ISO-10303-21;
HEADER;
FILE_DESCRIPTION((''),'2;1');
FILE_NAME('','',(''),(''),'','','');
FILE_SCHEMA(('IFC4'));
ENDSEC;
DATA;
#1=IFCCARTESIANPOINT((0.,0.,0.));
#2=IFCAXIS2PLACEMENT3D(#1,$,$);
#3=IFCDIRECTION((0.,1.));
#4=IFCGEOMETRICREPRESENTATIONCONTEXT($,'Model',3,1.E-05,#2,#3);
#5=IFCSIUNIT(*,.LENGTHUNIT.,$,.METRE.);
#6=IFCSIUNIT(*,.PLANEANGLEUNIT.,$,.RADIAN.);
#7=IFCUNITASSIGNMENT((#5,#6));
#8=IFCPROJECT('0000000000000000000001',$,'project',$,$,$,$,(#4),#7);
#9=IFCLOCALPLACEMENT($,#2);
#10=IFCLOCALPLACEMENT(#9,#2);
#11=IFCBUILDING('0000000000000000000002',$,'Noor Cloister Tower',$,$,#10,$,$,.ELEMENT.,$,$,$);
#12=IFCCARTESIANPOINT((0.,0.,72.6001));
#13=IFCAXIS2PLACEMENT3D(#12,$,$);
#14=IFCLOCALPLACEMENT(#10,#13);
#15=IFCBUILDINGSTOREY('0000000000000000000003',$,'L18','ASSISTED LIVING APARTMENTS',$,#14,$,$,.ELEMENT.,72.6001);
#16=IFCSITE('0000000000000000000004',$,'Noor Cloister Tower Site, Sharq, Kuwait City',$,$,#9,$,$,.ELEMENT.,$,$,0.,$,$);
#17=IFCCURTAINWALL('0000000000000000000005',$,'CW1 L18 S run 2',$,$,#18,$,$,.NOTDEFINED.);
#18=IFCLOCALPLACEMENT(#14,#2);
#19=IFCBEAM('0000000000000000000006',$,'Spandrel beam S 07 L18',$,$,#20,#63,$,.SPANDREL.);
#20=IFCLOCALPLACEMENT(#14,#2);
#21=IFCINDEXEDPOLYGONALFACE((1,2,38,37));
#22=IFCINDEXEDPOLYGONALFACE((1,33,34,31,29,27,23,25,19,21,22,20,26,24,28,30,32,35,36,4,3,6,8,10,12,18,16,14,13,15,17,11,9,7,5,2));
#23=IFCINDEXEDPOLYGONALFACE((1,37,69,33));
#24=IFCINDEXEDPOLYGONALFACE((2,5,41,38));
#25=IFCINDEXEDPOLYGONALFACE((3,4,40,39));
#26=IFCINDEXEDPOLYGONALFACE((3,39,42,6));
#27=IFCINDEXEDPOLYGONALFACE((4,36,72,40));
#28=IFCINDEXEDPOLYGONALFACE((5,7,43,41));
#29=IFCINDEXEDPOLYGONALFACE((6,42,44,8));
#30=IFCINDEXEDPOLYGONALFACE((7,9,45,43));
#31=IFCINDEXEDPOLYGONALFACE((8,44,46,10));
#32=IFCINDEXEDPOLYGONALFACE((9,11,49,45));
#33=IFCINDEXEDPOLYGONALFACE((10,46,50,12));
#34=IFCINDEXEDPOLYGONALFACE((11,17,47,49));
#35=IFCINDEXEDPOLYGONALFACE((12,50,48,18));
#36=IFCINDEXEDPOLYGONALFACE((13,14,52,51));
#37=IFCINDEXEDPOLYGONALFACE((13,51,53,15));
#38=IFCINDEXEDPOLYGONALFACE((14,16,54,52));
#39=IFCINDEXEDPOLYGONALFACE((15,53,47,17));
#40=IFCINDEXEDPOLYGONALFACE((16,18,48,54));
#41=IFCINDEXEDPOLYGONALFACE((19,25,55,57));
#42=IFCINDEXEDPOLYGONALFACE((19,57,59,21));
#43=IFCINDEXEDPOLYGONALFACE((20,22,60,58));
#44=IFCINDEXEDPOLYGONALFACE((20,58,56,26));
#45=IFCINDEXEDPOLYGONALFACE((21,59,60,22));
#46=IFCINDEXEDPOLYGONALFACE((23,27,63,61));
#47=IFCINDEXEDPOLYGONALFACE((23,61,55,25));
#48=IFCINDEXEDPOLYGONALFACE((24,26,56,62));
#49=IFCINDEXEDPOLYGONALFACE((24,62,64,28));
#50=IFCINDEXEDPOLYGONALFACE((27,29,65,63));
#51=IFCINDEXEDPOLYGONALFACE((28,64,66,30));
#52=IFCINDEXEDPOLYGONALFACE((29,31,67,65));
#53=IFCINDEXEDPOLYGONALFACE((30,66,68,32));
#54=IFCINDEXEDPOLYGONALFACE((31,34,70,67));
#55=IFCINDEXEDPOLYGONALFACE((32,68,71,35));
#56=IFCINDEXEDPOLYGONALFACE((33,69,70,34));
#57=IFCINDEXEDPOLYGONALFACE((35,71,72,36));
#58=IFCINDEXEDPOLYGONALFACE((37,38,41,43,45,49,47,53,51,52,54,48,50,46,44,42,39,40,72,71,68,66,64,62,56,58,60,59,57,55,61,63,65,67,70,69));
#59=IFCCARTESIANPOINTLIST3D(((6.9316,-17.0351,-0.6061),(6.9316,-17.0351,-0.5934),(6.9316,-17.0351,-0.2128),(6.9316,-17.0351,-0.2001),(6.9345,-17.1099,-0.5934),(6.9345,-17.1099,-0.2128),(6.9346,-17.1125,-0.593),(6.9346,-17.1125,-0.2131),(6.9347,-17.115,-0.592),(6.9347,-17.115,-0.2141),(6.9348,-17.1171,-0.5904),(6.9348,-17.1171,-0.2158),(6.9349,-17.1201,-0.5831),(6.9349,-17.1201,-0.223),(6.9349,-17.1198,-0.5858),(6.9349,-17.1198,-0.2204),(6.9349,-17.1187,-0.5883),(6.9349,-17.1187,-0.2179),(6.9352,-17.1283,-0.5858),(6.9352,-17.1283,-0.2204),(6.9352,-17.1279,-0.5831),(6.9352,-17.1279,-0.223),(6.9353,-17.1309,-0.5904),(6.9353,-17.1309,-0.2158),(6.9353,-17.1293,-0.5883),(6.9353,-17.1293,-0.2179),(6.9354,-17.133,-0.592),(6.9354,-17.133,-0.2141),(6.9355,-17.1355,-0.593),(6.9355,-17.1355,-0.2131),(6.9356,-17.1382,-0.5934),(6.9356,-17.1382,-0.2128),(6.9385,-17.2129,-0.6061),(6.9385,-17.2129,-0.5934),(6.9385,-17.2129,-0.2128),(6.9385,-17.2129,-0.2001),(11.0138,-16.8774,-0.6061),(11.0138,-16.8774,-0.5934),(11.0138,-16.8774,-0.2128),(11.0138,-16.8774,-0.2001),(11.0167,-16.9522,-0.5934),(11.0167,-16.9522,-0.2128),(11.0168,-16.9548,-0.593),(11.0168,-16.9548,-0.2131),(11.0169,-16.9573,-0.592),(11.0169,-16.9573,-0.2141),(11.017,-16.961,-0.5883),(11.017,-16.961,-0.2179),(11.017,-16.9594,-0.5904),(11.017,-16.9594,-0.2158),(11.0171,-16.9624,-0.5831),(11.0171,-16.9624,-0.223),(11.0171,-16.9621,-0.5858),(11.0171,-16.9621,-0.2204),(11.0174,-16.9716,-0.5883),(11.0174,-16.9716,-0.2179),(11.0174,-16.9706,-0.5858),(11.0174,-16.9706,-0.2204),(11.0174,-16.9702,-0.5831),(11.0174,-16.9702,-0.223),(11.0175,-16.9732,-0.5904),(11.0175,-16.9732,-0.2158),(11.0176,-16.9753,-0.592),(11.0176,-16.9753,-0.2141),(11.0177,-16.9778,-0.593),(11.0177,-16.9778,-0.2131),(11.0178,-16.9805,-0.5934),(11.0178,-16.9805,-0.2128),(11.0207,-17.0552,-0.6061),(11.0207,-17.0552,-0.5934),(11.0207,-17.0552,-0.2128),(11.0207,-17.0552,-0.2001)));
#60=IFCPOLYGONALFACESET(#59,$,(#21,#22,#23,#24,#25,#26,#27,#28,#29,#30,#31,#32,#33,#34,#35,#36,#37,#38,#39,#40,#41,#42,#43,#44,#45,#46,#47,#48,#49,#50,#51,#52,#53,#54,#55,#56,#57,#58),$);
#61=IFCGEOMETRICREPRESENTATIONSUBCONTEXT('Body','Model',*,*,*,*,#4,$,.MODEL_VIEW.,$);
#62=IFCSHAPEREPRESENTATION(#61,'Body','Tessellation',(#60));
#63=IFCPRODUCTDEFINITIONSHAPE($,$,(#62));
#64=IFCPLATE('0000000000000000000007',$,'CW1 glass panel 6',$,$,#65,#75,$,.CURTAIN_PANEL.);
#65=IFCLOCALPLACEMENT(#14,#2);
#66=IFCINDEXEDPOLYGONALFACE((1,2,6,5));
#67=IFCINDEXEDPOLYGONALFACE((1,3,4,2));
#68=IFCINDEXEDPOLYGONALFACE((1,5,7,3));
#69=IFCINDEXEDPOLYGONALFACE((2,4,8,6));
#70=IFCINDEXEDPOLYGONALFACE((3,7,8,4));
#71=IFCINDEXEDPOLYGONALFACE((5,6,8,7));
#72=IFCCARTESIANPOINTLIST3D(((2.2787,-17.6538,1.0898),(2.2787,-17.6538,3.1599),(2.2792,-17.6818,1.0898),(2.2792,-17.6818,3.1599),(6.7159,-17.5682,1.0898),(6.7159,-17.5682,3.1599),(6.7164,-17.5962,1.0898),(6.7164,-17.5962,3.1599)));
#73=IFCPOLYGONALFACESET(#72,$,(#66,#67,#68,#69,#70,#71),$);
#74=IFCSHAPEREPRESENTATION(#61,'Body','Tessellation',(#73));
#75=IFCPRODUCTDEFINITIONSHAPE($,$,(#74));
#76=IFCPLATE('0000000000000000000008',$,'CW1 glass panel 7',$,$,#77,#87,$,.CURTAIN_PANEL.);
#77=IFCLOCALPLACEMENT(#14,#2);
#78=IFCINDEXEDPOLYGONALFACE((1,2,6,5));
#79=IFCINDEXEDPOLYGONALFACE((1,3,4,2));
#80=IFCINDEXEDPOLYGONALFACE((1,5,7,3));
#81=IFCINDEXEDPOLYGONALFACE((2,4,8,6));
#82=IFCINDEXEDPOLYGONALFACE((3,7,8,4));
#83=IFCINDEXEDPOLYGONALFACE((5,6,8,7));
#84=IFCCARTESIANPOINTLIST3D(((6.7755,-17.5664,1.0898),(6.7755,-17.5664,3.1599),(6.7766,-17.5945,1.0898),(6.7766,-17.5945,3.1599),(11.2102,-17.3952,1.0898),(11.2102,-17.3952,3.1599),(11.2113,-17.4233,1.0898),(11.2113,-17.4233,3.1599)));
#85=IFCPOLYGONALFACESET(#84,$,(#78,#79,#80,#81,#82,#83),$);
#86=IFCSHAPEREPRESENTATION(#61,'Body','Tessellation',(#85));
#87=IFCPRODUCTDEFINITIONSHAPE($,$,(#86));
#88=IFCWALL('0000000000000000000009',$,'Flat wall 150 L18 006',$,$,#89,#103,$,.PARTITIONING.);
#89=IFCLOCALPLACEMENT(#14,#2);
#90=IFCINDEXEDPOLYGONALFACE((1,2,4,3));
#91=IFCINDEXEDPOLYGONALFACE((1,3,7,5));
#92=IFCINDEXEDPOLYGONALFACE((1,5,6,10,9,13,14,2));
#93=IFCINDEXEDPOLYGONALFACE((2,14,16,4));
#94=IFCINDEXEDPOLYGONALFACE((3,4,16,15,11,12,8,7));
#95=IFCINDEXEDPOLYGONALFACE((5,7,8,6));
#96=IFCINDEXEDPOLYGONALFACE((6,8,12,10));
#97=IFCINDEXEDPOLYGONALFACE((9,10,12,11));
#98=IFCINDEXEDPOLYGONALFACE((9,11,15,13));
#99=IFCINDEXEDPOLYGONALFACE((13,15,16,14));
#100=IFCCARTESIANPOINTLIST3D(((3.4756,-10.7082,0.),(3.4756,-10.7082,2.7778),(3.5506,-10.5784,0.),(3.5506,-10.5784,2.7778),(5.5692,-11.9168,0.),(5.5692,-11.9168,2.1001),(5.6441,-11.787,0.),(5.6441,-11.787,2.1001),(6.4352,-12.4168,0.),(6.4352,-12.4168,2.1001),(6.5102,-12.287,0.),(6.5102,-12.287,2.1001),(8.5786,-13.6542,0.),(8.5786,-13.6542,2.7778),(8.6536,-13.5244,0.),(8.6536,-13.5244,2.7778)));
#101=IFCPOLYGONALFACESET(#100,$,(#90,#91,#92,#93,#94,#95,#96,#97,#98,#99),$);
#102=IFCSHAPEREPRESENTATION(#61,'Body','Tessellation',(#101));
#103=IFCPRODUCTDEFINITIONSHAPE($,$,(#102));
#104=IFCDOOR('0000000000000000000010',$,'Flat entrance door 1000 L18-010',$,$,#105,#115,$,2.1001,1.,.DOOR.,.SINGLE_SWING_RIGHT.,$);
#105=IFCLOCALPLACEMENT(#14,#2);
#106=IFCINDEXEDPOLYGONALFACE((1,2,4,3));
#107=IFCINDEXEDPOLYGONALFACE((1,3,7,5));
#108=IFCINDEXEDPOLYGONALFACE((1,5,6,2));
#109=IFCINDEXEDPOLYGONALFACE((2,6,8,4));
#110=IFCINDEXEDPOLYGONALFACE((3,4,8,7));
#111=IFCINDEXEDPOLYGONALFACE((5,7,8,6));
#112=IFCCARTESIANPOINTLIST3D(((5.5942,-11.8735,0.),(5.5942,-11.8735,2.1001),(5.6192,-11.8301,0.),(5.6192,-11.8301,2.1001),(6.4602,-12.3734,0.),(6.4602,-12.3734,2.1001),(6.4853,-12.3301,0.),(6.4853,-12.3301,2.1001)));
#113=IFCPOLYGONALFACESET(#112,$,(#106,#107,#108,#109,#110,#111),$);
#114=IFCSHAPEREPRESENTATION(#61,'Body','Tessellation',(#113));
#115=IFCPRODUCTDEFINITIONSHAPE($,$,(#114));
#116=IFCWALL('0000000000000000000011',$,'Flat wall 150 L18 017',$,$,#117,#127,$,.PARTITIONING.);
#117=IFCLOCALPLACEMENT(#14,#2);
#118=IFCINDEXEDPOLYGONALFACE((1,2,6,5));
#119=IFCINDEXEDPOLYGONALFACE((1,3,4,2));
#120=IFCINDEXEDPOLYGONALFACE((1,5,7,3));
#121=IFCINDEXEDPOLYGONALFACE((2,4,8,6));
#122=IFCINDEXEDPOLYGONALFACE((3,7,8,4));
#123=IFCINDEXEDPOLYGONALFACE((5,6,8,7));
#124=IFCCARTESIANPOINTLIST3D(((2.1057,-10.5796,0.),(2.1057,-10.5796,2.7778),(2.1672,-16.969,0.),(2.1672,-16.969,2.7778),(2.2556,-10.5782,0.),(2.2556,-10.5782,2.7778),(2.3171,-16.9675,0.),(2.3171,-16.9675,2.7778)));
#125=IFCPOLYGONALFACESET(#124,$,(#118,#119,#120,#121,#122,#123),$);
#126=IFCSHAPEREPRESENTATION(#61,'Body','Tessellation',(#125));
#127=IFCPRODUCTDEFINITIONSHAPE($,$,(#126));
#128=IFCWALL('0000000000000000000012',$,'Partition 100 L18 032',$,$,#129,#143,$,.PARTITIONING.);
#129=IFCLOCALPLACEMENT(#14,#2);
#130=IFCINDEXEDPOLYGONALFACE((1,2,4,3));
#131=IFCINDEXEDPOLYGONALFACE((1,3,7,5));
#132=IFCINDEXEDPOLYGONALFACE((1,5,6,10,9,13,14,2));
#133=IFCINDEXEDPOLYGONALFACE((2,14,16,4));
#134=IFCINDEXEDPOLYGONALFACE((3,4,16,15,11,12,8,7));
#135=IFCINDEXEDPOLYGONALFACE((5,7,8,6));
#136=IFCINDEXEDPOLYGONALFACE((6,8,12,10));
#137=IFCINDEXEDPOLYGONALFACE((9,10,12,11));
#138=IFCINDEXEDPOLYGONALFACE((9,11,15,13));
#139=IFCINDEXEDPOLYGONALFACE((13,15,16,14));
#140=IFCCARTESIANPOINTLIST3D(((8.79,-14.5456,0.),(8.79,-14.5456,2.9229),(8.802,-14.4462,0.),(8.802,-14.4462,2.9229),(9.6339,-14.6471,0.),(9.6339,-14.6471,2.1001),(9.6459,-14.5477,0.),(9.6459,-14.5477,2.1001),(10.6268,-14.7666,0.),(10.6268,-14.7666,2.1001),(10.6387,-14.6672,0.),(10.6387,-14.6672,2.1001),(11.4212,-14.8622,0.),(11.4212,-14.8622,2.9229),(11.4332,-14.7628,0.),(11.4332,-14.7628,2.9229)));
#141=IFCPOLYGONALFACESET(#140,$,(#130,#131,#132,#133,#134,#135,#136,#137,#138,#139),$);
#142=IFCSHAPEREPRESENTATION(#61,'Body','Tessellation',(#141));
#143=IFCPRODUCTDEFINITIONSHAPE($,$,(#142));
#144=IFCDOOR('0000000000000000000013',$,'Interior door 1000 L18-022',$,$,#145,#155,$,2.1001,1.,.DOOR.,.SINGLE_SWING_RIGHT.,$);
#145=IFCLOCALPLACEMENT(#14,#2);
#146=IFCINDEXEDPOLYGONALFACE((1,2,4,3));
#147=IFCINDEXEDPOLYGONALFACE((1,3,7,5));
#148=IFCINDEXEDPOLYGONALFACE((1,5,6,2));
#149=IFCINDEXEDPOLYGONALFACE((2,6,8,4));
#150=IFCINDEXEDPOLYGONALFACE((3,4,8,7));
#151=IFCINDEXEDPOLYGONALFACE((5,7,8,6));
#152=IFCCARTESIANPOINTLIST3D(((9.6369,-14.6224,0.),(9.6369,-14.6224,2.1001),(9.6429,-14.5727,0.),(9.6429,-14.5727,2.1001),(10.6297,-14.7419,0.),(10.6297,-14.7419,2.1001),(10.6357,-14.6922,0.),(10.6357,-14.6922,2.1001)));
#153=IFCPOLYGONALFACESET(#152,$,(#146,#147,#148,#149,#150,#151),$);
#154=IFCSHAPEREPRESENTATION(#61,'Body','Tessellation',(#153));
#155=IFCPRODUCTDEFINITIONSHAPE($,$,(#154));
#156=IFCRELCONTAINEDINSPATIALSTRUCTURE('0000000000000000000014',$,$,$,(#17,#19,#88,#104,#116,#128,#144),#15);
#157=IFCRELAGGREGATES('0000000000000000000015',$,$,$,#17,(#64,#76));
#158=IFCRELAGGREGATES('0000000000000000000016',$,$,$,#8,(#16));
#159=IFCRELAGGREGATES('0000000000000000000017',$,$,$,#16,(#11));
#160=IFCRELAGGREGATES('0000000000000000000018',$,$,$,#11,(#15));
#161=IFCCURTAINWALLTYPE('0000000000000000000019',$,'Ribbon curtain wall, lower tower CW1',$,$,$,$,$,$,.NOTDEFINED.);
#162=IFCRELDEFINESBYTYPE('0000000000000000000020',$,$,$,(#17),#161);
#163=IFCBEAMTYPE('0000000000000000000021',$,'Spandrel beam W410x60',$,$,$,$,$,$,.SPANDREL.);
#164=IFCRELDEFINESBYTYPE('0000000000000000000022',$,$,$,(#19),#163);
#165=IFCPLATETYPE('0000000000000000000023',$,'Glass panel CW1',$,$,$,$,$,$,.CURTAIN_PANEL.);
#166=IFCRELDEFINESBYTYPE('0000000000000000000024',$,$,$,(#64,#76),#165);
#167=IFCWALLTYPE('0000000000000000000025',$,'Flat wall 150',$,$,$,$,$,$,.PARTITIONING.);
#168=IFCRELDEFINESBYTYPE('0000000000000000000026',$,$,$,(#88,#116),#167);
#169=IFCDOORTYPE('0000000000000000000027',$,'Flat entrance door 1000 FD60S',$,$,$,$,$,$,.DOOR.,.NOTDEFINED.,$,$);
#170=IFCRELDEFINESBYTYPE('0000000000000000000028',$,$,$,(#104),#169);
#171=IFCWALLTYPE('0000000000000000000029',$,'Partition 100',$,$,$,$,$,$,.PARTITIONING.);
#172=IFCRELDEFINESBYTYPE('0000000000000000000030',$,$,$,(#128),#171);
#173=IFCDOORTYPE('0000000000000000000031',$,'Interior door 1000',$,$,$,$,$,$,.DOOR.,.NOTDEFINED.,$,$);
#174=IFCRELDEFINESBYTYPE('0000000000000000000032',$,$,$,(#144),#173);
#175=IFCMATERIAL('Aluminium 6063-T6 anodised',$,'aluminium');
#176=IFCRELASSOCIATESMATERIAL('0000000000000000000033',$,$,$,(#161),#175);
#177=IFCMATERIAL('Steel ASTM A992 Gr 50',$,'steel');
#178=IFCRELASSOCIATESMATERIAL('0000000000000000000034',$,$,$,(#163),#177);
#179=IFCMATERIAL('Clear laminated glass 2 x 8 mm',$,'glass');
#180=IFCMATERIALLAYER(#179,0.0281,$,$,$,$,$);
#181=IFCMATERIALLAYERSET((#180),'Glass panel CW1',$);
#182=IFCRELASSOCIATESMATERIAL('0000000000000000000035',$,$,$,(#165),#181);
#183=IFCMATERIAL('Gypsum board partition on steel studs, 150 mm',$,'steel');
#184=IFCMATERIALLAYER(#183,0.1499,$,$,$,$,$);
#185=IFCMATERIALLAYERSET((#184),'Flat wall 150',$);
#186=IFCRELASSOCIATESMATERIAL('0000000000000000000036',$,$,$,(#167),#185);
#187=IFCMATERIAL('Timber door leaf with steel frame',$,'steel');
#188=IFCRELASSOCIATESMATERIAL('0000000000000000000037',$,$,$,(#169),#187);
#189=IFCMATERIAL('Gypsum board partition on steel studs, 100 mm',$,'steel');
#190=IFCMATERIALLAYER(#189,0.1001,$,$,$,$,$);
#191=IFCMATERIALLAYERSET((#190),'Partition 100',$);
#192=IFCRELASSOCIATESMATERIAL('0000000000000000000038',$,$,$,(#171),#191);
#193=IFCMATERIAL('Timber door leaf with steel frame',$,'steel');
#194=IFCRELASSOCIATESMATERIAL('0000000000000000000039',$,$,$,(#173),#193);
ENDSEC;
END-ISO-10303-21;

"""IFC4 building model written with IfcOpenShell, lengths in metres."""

from ifc_helpers import new_model, si_unit, direction, frame, frame_2d, origin, origin_2d, place, context, subcontext, project, spatial, rectangle, i_section, extrude, material, layer, layer_set, material_profile, profile_set, type_object, element, fill, aggregate, save


model = new_model("IFC4")

# Units and contexts
model_context = context("Model", 3, precision=1e-05, world=origin(), true_north=direction((0.0, 1.0)))
body_context = subcontext(model_context, "Body", "Model", "MODEL_VIEW")
ifc_project = project(units=[si_unit("LENGTHUNIT", "METRE"), si_unit("PLANEANGLEUNIT", "RADIAN")], contexts=[model_context])

# Site, building, storey
site_placement = place(None, origin())
site = spatial("IfcSite", under=ifc_project, at=site_placement, Name="Noor Cloister Tower Site, Sharq, Kuwait City", CompositionType="ELEMENT", RefElevation=0.0)
building_placement = place(site_placement, origin())
building = spatial("IfcBuilding", under=site, at=building_placement, Name="Noor Cloister Tower", CompositionType="ELEMENT")
storey_placement = place(building_placement, frame((0.0, 0.0, 72.6001)))
storey = spatial("IfcBuildingStorey", under=building, at=storey_placement, Name="L18", Description="ASSISTED LIVING APARTMENTS", CompositionType="ELEMENT", Elevation=72.6001)

# Curtain wall
ifc_material_1 = material(Name="Aluminium 6063-T6 anodised", Category="aluminium")
curtain_wall_type = type_object("IfcCurtainWallType", Name="Ribbon curtain wall, lower tower CW1", PredefinedType="NOTDEFINED", material=ifc_material_1)
curtain_wall_placement = place(storey_placement, origin())
curtain_wall = element("IfcCurtainWall", 1, at=curtain_wall_placement, inside=storey, type_object=curtain_wall_type, Name="CW1 L18 S run 2", PredefinedType="NOTDEFINED")

# Beam
ifc_material_2 = material(Name="Steel ASTM A992 Gr 50", Category="steel")
ifc_material_profile_1 = material_profile(ifc_material_2, i_section(OverallWidth=0.178, OverallDepth=0.406, WebThickness=0.0078, FlangeThickness=0.0127, FilletRadius=0.0103, at=origin_2d()), Name="W410x60")
ifc_profile_set_1 = profile_set([ifc_material_profile_1], Name="Steel ASTM A992 Gr 50")
beam_type_1 = type_object("IfcBeamType", Name="Spandrel beam W410x60", PredefinedType="SPANDREL", material=ifc_profile_set_1)
beam_1_placement = place(storey_placement, frame((6.9351, -17.124, -0.4031), z_axis=(0.999255, 0.038605, 0.0), x_axis=(-0.038605, 0.999255, 0.0)))
element("IfcBeam", 2, at=beam_1_placement, inside=storey, type_object=beam_type_1, Name="Spandrel beam S 07 L18", PredefinedType="SPANDREL", context=body_context, shape_type="SweptSolid", body=[
    extrude(i_section(OverallWidth=0.178, OverallDepth=0.406, WebThickness=0.0078, FlangeThickness=0.0127, FilletRadius=0.0103, at=origin_2d()), origin(), (0.0, 0.0, 1.0), 4.0852),
])

# Plates
ifc_material_3 = material(Name="Clear laminated glass 2 x 8 mm", Category="glass")
ifc_layer_1 = layer(ifc_material_3, 0.0281)
ifc_layer_set_1 = layer_set([ifc_layer_1], Name="Glass panel CW1")
plate_type = type_object("IfcPlateType", Name="Glass panel CW1", PredefinedType="CURTAIN_PANEL", material=ifc_layer_set_1)
plate_1_placement = place(storey_placement, frame((4.4976, -17.625, 1.0898), z_axis=(0.0, 0.0, 1.0), x_axis=(0.999814, 0.019291, 0.0)))
plate_1 = element("IfcPlate", 3, at=plate_1_placement, type_object=plate_type, Name="CW1 glass panel 6", PredefinedType="CURTAIN_PANEL", context=body_context, shape_type="SweptSolid", body=[
    extrude(rectangle(XDim=4.438, YDim=0.0281, at=origin_2d()), origin(), (0.0, 0.0, 1.0), 2.0701),
])
plate_2_placement = place(storey_placement, frame((8.9934, -17.4949, 1.0898), z_axis=(0.0, 0.0, 1.0), x_axis=(0.999256, 0.038575, 0.0)))
plate_2 = element("IfcPlate", 4, at=plate_2_placement, type_object=plate_type, Name="CW1 glass panel 7", PredefinedType="CURTAIN_PANEL", context=body_context, shape_type="SweptSolid", body=[
    extrude(rectangle(XDim=4.438, YDim=0.0281, at=origin_2d()), origin(), (0.0, 0.0, 1.0), 2.0701),
])
aggregate(curtain_wall, [plate_1, plate_2])

# Wall, opening, door
ifc_material_4 = material(Name="Gypsum board partition on steel studs, 150 mm", Category="steel")
ifc_layer_2 = layer(ifc_material_4, 0.1499)
ifc_layer_set_2 = layer_set([ifc_layer_2], Name="Flat wall 150")
wall_type_1 = type_object("IfcWallType", Name="Flat wall 150", PredefinedType="PARTITIONING", material=ifc_layer_set_2)
wall_1_placement = place(storey_placement, frame((8.6162, -13.5894, 0.0), z_axis=(0.0, 0.0, 1.0), x_axis=(-0.866039, 0.499976, 0.0)))
wall_1 = element("IfcWall", 5, at=wall_1_placement, inside=storey, type_object=wall_type_1, Name="Flat wall 150 L18 006", PredefinedType="PARTITIONING", context=body_context, shape_type="SweptSolid", body=[
    extrude(rectangle(XDim=5.8923, YDim=0.1499, at=frame_2d((2.9463, 0.0))), origin(), (0.0, 0.0, 1.0), 2.7778),
])
opening_1_placement = place(wall_1_placement, frame((2.4751, 0.0, 0.0)))
opening_1 = element("IfcOpeningElement", 6, at=opening_1_placement, cuts=wall_1, PredefinedType="OPENING", context=body_context, shape_type="SweptSolid", body=[
    extrude(rectangle(XDim=1.0, YDim=2.1001, at=frame_2d((0.5, 1.05))), frame((0.0, 0.085, 0.0), z_axis=(0.0, -1.0, 0.0), x_axis=(1.0, 0.0, 0.0)), (0.0, 0.0, 1.0), 0.1699),
])
ifc_material_5 = material(Name="Timber door leaf with steel frame", Category="steel")
door_type_1 = type_object("IfcDoorType", Name="Flat entrance door 1000 FD60S", OperationType="NOTDEFINED", PredefinedType="DOOR", material=ifc_material_5)
door_1_placement = place(opening_1_placement, origin())
door_1 = element("IfcDoor", 7, at=door_1_placement, inside=storey, type_object=door_type_1, Name="Flat entrance door 1000 L18-010", OperationType="SINGLE_SWING_RIGHT", OverallHeight=2.1001, OverallWidth=1.0, PredefinedType="DOOR", context=body_context, shape_type="SweptSolid", body=[
    extrude(rectangle(XDim=1.0, YDim=2.1001, at=frame_2d((0.5, 1.05))), frame((0.0, 0.0249, 0.0), z_axis=(0.0, -1.0, 0.0), x_axis=(1.0, 0.0, 0.0)), (0.0, 0.0, 1.0), 0.05),
])
fill(opening_1, door_1)

# Wall
wall_2_placement = place(storey_placement, frame((2.2422, -16.9683, 0.0), z_axis=(0.0, 0.0, 1.0), x_axis=(-0.009629, 0.999954, 0.0)))
element("IfcWall", 8, at=wall_2_placement, inside=storey, type_object=wall_type_1, Name="Flat wall 150 L18 017", PredefinedType="PARTITIONING", context=body_context, shape_type="SweptSolid", body=[
    extrude(rectangle(XDim=6.3896, YDim=0.1499, at=frame_2d((3.1948, 0.0))), origin(), (0.0, 0.0, 1.0), 2.7778),
])

# Wall, opening, door
ifc_material_6 = material(Name="Gypsum board partition on steel studs, 100 mm", Category="steel")
ifc_layer_3 = layer(ifc_material_6, 0.1001)
ifc_layer_set_3 = layer_set([ifc_layer_3], Name="Partition 100")
wall_type_2 = type_object("IfcWallType", Name="Partition 100", PredefinedType="PARTITIONING", material=ifc_layer_set_3)
wall_3_placement = place(storey_placement, frame((8.7959, -14.4958, 0.0), z_axis=(0.0, 0.0, 1.0), x_axis=(0.992836, -0.119487, 0.0)))
wall_3 = element("IfcWall", 9, at=wall_3_placement, inside=storey, type_object=wall_type_2, Name="Partition 100 L18 032", PredefinedType="PARTITIONING", context=body_context, shape_type="SweptSolid", body=[
    extrude(rectangle(XDim=2.6501, YDim=0.1001, at=frame_2d((1.3252, 0.0))), origin(), (0.0, 0.0, 1.0), 2.9229),
])
opening_2_placement = place(wall_3_placement, frame((0.8501, 0.0, 0.0)))
opening_2 = element("IfcOpeningElement", 10, at=opening_2_placement, cuts=wall_3, PredefinedType="OPENING", context=body_context, shape_type="SweptSolid", body=[
    extrude(rectangle(XDim=1.0, YDim=2.1001, at=frame_2d((0.5, 1.05))), frame((0.0, 0.0601, 0.0), z_axis=(0.0, -1.0, 0.0), x_axis=(1.0, 0.0, 0.0)), (0.0, 0.0, 1.0), 0.1201),
])
ifc_material_7 = material(Name="Timber door leaf with steel frame", Category="steel")
door_type_2 = type_object("IfcDoorType", Name="Interior door 1000", OperationType="NOTDEFINED", PredefinedType="DOOR", material=ifc_material_7)
door_2_placement = place(opening_2_placement, origin())
door_2 = element("IfcDoor", 11, at=door_2_placement, inside=storey, type_object=door_type_2, Name="Interior door 1000 L18-022", OperationType="SINGLE_SWING_RIGHT", OverallHeight=2.1001, OverallWidth=1.0, PredefinedType="DOOR", context=body_context, shape_type="SweptSolid", body=[
    extrude(rectangle(XDim=1.0, YDim=2.1001, at=frame_2d((0.5, 1.05))), frame((0.0, 0.0249, 0.0), z_axis=(0.0, -1.0, 0.0), x_axis=(1.0, 0.0, 0.0)), (0.0, 0.0, 1.0), 0.05),
])
fill(opening_2, door_2)

save(model, "model.ifc")
